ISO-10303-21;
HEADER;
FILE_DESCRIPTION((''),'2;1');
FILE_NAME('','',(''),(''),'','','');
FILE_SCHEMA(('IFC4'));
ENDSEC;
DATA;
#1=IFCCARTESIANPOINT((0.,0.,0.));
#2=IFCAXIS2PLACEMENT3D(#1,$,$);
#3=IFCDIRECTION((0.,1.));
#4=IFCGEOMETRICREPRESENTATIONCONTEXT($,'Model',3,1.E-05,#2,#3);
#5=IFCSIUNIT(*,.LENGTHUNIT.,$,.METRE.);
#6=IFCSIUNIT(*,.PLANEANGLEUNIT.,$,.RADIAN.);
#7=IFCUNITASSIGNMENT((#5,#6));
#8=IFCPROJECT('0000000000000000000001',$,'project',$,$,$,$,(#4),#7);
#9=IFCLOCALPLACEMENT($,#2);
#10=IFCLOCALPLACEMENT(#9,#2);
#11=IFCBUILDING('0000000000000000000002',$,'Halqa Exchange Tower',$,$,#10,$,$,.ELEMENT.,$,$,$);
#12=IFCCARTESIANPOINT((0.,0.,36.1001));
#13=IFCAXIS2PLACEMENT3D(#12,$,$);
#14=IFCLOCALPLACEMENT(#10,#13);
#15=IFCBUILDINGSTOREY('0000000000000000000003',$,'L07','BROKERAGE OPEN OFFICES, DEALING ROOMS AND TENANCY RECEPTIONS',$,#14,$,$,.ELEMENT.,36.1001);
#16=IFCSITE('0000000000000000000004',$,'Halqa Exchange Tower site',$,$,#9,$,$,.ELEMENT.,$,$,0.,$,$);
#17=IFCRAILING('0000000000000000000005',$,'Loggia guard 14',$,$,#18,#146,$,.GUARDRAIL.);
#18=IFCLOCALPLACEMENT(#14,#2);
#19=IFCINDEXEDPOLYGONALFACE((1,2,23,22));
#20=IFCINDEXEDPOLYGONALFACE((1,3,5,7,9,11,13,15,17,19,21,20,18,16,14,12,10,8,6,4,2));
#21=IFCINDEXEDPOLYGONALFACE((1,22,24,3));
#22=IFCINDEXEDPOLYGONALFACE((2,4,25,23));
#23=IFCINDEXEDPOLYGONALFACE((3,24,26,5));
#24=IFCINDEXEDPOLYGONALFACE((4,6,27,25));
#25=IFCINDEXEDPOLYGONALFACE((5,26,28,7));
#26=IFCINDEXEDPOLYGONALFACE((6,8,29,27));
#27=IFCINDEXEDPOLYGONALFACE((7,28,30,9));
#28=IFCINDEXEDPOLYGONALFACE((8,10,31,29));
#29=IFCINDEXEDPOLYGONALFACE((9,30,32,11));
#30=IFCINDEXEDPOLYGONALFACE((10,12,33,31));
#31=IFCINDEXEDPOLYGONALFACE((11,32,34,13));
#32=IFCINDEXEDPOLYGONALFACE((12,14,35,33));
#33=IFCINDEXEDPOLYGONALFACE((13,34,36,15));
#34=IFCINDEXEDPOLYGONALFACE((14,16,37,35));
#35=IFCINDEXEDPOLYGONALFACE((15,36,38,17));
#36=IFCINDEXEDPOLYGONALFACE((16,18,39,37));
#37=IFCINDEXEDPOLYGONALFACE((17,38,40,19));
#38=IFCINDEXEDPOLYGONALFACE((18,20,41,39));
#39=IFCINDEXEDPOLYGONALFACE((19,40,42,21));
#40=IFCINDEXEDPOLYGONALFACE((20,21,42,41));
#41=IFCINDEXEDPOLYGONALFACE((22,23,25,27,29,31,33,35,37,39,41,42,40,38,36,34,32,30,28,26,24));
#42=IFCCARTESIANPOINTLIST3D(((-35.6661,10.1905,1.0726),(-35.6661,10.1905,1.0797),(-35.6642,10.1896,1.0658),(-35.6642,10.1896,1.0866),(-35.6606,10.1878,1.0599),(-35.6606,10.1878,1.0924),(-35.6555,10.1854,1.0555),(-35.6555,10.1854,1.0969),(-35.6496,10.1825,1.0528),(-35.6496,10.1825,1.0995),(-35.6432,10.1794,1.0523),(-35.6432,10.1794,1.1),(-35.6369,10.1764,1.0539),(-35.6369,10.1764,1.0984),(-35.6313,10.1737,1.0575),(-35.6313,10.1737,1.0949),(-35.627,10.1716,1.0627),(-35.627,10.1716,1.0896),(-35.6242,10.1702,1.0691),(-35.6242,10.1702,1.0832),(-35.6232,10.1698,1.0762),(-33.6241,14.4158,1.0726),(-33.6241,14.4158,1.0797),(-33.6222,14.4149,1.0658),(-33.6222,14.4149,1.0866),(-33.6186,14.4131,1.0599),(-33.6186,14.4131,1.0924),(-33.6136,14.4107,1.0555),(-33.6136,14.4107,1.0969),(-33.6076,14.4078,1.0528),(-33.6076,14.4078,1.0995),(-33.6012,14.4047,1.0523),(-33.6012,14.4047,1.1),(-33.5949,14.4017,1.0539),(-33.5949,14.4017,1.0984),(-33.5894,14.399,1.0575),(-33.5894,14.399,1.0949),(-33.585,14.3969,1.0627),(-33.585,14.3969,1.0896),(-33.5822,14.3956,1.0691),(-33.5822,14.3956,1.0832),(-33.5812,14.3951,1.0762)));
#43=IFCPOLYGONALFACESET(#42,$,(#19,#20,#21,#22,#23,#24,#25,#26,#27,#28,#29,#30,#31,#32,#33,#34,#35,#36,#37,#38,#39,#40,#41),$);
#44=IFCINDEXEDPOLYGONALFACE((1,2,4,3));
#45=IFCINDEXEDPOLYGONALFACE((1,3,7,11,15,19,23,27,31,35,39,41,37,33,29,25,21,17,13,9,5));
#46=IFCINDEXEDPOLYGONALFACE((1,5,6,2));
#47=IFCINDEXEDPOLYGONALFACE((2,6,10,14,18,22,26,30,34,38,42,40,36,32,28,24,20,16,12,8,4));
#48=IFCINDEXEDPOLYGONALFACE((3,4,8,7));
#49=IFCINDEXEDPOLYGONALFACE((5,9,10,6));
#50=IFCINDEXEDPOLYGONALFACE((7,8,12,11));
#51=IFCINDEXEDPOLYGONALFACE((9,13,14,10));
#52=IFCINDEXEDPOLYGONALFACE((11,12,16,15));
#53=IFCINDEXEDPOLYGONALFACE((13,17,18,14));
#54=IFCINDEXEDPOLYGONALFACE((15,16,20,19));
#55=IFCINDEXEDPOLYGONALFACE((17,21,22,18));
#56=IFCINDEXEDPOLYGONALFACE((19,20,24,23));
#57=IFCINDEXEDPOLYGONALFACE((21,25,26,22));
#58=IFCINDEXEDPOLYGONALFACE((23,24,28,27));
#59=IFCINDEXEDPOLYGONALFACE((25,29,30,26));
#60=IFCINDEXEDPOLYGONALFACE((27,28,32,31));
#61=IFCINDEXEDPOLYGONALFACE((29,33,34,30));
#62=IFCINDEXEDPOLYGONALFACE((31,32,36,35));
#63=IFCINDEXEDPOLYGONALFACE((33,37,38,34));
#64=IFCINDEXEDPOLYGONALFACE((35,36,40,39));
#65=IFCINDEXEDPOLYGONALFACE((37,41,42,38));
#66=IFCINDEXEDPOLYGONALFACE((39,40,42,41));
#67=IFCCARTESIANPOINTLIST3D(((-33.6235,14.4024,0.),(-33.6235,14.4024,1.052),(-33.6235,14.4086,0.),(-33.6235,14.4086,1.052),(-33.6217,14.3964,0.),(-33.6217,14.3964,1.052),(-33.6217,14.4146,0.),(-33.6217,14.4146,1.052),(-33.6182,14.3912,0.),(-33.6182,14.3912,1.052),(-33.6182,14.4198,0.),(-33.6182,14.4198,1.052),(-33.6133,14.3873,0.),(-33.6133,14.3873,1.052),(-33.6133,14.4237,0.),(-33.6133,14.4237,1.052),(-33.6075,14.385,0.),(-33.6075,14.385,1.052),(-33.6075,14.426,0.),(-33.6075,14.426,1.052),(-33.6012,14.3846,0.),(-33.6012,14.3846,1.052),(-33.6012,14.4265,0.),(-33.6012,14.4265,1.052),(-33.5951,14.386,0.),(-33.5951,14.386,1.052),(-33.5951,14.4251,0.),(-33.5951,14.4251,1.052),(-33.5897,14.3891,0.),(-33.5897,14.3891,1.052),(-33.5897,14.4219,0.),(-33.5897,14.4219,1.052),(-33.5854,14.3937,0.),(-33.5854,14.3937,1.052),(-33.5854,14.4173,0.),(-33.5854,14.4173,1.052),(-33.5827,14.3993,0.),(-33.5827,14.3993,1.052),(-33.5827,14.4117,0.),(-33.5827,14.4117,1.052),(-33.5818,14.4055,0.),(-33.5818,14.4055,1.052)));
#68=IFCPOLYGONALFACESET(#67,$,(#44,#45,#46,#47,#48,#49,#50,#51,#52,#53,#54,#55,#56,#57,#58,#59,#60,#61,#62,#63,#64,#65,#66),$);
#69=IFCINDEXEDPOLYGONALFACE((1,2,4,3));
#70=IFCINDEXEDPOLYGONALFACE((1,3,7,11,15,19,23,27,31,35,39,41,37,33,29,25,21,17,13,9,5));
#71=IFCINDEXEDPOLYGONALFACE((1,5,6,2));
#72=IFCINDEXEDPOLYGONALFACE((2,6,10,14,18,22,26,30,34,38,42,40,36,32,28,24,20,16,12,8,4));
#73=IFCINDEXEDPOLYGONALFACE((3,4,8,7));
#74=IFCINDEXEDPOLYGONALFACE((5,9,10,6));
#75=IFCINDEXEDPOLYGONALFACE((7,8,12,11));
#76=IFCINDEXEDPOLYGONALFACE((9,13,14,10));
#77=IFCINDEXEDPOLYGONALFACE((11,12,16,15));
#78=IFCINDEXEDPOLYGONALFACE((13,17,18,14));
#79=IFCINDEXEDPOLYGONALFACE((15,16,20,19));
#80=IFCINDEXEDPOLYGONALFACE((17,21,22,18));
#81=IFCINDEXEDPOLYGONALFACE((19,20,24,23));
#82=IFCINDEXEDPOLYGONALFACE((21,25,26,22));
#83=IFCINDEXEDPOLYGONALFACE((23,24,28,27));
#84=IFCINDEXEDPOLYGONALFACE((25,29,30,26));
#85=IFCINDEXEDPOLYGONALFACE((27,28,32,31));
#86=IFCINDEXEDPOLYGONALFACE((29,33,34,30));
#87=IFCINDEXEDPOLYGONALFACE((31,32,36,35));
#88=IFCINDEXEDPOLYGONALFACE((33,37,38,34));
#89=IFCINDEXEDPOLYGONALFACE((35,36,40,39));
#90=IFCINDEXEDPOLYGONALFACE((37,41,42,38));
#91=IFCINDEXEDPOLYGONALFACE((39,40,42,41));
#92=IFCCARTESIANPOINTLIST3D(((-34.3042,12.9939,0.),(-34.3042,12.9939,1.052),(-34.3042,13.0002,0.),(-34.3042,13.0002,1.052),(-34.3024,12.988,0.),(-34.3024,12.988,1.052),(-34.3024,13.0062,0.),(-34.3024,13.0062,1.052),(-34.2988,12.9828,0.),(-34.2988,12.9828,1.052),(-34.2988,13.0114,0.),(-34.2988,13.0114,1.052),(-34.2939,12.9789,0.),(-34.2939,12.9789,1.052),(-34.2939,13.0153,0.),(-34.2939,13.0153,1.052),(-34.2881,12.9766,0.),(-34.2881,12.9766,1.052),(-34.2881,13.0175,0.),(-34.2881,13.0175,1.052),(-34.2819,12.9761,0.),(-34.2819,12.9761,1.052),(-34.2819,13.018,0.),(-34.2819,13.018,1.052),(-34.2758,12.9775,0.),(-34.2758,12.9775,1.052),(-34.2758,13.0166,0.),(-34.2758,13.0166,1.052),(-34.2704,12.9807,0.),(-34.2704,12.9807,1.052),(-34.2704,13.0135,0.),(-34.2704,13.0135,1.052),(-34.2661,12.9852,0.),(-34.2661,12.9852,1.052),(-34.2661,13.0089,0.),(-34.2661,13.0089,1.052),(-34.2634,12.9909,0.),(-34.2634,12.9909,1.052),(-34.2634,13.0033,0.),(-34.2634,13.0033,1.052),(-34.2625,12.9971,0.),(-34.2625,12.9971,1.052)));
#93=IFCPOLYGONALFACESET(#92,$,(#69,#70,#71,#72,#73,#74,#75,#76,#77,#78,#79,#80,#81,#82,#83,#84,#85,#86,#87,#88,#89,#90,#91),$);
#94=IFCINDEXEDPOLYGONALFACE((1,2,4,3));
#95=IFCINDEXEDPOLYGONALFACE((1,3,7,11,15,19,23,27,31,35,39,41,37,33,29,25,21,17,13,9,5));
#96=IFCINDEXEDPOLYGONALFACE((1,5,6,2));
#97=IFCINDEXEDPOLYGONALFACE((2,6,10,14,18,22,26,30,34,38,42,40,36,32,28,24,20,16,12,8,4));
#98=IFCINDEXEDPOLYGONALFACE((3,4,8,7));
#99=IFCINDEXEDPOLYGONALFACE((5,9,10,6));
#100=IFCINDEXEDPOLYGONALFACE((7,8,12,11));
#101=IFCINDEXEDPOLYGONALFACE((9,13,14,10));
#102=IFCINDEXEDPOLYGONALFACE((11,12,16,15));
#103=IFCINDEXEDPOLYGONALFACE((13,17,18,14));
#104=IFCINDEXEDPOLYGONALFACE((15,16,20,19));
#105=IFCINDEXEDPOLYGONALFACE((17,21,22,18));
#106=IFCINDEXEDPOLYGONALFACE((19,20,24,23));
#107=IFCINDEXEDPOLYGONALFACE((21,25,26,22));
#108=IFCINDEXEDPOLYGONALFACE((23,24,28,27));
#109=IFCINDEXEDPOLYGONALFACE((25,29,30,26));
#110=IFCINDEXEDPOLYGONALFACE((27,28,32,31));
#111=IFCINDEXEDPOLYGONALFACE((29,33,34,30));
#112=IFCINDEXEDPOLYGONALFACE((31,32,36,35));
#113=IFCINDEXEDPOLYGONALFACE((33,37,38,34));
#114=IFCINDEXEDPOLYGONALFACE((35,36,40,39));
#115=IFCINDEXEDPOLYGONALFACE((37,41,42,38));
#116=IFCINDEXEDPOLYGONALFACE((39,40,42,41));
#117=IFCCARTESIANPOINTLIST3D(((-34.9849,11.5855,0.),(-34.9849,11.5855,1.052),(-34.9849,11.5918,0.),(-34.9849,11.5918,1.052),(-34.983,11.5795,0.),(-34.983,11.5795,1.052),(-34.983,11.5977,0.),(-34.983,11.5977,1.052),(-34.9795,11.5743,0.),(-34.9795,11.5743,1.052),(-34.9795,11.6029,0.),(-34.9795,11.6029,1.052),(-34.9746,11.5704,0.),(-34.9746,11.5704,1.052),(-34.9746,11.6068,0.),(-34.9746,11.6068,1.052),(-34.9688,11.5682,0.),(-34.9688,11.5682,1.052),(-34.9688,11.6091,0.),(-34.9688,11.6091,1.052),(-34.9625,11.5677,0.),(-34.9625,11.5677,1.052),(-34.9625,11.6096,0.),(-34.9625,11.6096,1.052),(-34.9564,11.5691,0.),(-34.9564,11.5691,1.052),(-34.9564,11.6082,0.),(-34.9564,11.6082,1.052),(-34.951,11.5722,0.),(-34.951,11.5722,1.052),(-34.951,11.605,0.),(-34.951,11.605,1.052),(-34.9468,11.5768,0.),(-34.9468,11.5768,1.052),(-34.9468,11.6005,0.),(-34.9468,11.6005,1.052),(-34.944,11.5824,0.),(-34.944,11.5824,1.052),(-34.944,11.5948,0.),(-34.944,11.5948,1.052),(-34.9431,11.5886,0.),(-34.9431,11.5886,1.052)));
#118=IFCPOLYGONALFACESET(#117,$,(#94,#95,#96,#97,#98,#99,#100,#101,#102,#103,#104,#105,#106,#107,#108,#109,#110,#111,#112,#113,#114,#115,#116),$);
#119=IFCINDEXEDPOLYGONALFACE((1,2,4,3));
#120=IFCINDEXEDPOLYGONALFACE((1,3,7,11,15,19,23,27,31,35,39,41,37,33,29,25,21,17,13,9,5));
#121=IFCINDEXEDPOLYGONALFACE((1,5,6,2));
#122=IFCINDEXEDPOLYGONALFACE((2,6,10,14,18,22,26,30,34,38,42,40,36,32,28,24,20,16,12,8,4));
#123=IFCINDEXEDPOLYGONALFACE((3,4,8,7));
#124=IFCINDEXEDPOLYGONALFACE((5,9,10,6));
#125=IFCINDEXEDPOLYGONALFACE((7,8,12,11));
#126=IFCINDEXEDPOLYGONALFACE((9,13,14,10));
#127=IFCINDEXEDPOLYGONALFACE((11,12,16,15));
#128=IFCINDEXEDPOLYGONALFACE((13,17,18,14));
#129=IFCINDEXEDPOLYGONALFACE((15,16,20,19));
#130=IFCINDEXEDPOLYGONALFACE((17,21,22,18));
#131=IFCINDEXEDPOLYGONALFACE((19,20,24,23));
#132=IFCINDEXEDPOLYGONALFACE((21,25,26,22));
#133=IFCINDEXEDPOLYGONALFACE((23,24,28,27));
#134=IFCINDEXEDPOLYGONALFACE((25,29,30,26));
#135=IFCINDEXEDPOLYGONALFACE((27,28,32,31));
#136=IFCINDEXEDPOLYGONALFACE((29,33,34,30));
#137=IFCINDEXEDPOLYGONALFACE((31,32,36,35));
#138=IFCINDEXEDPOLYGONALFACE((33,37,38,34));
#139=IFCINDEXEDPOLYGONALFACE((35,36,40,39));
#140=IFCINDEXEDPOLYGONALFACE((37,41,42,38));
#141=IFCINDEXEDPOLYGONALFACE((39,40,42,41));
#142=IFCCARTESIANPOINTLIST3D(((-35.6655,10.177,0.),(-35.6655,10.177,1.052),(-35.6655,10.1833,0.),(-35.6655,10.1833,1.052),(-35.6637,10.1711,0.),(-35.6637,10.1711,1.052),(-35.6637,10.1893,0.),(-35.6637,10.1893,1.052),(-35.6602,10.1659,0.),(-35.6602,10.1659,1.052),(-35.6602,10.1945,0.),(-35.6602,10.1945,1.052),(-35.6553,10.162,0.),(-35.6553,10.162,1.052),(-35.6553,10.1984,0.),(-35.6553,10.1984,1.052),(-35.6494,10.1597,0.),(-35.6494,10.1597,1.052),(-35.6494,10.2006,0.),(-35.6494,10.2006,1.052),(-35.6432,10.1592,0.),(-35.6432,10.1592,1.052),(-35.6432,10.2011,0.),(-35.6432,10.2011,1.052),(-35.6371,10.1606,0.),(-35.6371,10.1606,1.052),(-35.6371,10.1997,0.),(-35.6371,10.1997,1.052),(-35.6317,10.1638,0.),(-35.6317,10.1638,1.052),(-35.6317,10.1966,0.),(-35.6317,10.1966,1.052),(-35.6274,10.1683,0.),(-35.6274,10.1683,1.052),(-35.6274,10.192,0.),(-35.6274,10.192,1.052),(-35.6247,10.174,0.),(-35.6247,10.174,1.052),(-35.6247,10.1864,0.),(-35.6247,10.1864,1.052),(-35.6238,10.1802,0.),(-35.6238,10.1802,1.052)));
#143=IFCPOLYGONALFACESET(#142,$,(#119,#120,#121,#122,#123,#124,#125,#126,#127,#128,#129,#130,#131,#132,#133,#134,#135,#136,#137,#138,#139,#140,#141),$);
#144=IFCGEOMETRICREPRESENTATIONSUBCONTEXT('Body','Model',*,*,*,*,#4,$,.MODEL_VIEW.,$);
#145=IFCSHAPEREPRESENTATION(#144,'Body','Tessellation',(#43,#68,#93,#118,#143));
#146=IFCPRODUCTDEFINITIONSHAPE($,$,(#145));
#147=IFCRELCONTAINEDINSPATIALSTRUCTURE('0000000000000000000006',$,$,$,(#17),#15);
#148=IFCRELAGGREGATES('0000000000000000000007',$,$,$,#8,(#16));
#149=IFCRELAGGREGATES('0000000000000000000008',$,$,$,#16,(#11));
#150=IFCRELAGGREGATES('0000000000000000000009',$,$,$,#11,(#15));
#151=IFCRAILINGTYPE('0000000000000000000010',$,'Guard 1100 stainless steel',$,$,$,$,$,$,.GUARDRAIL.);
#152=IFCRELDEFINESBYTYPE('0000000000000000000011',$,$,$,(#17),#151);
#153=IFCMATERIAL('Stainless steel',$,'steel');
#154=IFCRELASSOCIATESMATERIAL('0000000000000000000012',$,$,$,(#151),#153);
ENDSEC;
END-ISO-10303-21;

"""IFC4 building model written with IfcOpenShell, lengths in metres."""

from ifc_helpers import new_model, si_unit, direction, frame, origin, origin_2d, place, context, subcontext, project, spatial, circle, extrude, material, type_object, element, save


model = new_model("IFC4")

# Units and contexts
model_context = context("Model", 3, precision=1e-05, world=origin(), true_north=direction((0.0, 1.0)))
body_context = subcontext(model_context, "Body", "Model", "MODEL_VIEW")
ifc_project = project(units=[si_unit("LENGTHUNIT", "METRE"), si_unit("PLANEANGLEUNIT", "RADIAN")], contexts=[model_context])

# Site, building, storey
site_placement = place(None, origin())
site = spatial("IfcSite", under=ifc_project, at=site_placement, Name="Halqa Exchange Tower site", CompositionType="ELEMENT", RefElevation=0.0)
building_placement = place(site_placement, origin())
building = spatial("IfcBuilding", under=site, at=building_placement, Name="Halqa Exchange Tower", CompositionType="ELEMENT")
storey_placement = place(building_placement, frame((0.0, 0.0, 36.1001)))
storey = spatial("IfcBuildingStorey", under=building, at=storey_placement, Name="L07", Description="BROKERAGE OPEN OFFICES, DEALING ROOMS AND TENANCY RECEPTIONS", CompositionType="ELEMENT", Elevation=36.1001)

# Railing
ifc_material_1 = material(Name="Stainless steel", Category="steel")
railing_type = type_object("IfcRailingType", Name="Guard 1100 stainless steel", PredefinedType="GUARDRAIL", material=ifc_material_1)
railing_1_placement = place(storey_placement, frame((-33.6028, 14.4055, 0.0)))
element("IfcRailing", 1, at=railing_1_placement, inside=storey, type_object=railing_type, Name="Loggia guard 14", PredefinedType="GUARDRAIL", context=body_context, shape_type="SweptSolid", body=[
    extrude(circle(Radius=0.0239, at=origin_2d()), frame((0.0, 0.0, 1.0762), z_axis=(-0.435124, -0.90037, 0.0), x_axis=(0.90037, -0.435124, 0.0)), (0.0, 0.0, 1.0), 4.6929),
    extrude(circle(Radius=0.021, at=origin_2d()), origin(), (0.0, 0.0, 1.0), 1.052),
    extrude(circle(Radius=0.021, at=origin_2d()), frame((-0.6807, -1.4084, 0.0)), (0.0, 0.0, 1.0), 1.052),
    extrude(circle(Radius=0.021, at=origin_2d()), frame((-1.3613, -2.8169, 0.0)), (0.0, 0.0, 1.0), 1.052),
    extrude(circle(Radius=0.021, at=origin_2d()), frame((-2.042, -4.2253, 0.0)), (0.0, 0.0, 1.0), 1.052),
])

save(model, "model.ifc")
